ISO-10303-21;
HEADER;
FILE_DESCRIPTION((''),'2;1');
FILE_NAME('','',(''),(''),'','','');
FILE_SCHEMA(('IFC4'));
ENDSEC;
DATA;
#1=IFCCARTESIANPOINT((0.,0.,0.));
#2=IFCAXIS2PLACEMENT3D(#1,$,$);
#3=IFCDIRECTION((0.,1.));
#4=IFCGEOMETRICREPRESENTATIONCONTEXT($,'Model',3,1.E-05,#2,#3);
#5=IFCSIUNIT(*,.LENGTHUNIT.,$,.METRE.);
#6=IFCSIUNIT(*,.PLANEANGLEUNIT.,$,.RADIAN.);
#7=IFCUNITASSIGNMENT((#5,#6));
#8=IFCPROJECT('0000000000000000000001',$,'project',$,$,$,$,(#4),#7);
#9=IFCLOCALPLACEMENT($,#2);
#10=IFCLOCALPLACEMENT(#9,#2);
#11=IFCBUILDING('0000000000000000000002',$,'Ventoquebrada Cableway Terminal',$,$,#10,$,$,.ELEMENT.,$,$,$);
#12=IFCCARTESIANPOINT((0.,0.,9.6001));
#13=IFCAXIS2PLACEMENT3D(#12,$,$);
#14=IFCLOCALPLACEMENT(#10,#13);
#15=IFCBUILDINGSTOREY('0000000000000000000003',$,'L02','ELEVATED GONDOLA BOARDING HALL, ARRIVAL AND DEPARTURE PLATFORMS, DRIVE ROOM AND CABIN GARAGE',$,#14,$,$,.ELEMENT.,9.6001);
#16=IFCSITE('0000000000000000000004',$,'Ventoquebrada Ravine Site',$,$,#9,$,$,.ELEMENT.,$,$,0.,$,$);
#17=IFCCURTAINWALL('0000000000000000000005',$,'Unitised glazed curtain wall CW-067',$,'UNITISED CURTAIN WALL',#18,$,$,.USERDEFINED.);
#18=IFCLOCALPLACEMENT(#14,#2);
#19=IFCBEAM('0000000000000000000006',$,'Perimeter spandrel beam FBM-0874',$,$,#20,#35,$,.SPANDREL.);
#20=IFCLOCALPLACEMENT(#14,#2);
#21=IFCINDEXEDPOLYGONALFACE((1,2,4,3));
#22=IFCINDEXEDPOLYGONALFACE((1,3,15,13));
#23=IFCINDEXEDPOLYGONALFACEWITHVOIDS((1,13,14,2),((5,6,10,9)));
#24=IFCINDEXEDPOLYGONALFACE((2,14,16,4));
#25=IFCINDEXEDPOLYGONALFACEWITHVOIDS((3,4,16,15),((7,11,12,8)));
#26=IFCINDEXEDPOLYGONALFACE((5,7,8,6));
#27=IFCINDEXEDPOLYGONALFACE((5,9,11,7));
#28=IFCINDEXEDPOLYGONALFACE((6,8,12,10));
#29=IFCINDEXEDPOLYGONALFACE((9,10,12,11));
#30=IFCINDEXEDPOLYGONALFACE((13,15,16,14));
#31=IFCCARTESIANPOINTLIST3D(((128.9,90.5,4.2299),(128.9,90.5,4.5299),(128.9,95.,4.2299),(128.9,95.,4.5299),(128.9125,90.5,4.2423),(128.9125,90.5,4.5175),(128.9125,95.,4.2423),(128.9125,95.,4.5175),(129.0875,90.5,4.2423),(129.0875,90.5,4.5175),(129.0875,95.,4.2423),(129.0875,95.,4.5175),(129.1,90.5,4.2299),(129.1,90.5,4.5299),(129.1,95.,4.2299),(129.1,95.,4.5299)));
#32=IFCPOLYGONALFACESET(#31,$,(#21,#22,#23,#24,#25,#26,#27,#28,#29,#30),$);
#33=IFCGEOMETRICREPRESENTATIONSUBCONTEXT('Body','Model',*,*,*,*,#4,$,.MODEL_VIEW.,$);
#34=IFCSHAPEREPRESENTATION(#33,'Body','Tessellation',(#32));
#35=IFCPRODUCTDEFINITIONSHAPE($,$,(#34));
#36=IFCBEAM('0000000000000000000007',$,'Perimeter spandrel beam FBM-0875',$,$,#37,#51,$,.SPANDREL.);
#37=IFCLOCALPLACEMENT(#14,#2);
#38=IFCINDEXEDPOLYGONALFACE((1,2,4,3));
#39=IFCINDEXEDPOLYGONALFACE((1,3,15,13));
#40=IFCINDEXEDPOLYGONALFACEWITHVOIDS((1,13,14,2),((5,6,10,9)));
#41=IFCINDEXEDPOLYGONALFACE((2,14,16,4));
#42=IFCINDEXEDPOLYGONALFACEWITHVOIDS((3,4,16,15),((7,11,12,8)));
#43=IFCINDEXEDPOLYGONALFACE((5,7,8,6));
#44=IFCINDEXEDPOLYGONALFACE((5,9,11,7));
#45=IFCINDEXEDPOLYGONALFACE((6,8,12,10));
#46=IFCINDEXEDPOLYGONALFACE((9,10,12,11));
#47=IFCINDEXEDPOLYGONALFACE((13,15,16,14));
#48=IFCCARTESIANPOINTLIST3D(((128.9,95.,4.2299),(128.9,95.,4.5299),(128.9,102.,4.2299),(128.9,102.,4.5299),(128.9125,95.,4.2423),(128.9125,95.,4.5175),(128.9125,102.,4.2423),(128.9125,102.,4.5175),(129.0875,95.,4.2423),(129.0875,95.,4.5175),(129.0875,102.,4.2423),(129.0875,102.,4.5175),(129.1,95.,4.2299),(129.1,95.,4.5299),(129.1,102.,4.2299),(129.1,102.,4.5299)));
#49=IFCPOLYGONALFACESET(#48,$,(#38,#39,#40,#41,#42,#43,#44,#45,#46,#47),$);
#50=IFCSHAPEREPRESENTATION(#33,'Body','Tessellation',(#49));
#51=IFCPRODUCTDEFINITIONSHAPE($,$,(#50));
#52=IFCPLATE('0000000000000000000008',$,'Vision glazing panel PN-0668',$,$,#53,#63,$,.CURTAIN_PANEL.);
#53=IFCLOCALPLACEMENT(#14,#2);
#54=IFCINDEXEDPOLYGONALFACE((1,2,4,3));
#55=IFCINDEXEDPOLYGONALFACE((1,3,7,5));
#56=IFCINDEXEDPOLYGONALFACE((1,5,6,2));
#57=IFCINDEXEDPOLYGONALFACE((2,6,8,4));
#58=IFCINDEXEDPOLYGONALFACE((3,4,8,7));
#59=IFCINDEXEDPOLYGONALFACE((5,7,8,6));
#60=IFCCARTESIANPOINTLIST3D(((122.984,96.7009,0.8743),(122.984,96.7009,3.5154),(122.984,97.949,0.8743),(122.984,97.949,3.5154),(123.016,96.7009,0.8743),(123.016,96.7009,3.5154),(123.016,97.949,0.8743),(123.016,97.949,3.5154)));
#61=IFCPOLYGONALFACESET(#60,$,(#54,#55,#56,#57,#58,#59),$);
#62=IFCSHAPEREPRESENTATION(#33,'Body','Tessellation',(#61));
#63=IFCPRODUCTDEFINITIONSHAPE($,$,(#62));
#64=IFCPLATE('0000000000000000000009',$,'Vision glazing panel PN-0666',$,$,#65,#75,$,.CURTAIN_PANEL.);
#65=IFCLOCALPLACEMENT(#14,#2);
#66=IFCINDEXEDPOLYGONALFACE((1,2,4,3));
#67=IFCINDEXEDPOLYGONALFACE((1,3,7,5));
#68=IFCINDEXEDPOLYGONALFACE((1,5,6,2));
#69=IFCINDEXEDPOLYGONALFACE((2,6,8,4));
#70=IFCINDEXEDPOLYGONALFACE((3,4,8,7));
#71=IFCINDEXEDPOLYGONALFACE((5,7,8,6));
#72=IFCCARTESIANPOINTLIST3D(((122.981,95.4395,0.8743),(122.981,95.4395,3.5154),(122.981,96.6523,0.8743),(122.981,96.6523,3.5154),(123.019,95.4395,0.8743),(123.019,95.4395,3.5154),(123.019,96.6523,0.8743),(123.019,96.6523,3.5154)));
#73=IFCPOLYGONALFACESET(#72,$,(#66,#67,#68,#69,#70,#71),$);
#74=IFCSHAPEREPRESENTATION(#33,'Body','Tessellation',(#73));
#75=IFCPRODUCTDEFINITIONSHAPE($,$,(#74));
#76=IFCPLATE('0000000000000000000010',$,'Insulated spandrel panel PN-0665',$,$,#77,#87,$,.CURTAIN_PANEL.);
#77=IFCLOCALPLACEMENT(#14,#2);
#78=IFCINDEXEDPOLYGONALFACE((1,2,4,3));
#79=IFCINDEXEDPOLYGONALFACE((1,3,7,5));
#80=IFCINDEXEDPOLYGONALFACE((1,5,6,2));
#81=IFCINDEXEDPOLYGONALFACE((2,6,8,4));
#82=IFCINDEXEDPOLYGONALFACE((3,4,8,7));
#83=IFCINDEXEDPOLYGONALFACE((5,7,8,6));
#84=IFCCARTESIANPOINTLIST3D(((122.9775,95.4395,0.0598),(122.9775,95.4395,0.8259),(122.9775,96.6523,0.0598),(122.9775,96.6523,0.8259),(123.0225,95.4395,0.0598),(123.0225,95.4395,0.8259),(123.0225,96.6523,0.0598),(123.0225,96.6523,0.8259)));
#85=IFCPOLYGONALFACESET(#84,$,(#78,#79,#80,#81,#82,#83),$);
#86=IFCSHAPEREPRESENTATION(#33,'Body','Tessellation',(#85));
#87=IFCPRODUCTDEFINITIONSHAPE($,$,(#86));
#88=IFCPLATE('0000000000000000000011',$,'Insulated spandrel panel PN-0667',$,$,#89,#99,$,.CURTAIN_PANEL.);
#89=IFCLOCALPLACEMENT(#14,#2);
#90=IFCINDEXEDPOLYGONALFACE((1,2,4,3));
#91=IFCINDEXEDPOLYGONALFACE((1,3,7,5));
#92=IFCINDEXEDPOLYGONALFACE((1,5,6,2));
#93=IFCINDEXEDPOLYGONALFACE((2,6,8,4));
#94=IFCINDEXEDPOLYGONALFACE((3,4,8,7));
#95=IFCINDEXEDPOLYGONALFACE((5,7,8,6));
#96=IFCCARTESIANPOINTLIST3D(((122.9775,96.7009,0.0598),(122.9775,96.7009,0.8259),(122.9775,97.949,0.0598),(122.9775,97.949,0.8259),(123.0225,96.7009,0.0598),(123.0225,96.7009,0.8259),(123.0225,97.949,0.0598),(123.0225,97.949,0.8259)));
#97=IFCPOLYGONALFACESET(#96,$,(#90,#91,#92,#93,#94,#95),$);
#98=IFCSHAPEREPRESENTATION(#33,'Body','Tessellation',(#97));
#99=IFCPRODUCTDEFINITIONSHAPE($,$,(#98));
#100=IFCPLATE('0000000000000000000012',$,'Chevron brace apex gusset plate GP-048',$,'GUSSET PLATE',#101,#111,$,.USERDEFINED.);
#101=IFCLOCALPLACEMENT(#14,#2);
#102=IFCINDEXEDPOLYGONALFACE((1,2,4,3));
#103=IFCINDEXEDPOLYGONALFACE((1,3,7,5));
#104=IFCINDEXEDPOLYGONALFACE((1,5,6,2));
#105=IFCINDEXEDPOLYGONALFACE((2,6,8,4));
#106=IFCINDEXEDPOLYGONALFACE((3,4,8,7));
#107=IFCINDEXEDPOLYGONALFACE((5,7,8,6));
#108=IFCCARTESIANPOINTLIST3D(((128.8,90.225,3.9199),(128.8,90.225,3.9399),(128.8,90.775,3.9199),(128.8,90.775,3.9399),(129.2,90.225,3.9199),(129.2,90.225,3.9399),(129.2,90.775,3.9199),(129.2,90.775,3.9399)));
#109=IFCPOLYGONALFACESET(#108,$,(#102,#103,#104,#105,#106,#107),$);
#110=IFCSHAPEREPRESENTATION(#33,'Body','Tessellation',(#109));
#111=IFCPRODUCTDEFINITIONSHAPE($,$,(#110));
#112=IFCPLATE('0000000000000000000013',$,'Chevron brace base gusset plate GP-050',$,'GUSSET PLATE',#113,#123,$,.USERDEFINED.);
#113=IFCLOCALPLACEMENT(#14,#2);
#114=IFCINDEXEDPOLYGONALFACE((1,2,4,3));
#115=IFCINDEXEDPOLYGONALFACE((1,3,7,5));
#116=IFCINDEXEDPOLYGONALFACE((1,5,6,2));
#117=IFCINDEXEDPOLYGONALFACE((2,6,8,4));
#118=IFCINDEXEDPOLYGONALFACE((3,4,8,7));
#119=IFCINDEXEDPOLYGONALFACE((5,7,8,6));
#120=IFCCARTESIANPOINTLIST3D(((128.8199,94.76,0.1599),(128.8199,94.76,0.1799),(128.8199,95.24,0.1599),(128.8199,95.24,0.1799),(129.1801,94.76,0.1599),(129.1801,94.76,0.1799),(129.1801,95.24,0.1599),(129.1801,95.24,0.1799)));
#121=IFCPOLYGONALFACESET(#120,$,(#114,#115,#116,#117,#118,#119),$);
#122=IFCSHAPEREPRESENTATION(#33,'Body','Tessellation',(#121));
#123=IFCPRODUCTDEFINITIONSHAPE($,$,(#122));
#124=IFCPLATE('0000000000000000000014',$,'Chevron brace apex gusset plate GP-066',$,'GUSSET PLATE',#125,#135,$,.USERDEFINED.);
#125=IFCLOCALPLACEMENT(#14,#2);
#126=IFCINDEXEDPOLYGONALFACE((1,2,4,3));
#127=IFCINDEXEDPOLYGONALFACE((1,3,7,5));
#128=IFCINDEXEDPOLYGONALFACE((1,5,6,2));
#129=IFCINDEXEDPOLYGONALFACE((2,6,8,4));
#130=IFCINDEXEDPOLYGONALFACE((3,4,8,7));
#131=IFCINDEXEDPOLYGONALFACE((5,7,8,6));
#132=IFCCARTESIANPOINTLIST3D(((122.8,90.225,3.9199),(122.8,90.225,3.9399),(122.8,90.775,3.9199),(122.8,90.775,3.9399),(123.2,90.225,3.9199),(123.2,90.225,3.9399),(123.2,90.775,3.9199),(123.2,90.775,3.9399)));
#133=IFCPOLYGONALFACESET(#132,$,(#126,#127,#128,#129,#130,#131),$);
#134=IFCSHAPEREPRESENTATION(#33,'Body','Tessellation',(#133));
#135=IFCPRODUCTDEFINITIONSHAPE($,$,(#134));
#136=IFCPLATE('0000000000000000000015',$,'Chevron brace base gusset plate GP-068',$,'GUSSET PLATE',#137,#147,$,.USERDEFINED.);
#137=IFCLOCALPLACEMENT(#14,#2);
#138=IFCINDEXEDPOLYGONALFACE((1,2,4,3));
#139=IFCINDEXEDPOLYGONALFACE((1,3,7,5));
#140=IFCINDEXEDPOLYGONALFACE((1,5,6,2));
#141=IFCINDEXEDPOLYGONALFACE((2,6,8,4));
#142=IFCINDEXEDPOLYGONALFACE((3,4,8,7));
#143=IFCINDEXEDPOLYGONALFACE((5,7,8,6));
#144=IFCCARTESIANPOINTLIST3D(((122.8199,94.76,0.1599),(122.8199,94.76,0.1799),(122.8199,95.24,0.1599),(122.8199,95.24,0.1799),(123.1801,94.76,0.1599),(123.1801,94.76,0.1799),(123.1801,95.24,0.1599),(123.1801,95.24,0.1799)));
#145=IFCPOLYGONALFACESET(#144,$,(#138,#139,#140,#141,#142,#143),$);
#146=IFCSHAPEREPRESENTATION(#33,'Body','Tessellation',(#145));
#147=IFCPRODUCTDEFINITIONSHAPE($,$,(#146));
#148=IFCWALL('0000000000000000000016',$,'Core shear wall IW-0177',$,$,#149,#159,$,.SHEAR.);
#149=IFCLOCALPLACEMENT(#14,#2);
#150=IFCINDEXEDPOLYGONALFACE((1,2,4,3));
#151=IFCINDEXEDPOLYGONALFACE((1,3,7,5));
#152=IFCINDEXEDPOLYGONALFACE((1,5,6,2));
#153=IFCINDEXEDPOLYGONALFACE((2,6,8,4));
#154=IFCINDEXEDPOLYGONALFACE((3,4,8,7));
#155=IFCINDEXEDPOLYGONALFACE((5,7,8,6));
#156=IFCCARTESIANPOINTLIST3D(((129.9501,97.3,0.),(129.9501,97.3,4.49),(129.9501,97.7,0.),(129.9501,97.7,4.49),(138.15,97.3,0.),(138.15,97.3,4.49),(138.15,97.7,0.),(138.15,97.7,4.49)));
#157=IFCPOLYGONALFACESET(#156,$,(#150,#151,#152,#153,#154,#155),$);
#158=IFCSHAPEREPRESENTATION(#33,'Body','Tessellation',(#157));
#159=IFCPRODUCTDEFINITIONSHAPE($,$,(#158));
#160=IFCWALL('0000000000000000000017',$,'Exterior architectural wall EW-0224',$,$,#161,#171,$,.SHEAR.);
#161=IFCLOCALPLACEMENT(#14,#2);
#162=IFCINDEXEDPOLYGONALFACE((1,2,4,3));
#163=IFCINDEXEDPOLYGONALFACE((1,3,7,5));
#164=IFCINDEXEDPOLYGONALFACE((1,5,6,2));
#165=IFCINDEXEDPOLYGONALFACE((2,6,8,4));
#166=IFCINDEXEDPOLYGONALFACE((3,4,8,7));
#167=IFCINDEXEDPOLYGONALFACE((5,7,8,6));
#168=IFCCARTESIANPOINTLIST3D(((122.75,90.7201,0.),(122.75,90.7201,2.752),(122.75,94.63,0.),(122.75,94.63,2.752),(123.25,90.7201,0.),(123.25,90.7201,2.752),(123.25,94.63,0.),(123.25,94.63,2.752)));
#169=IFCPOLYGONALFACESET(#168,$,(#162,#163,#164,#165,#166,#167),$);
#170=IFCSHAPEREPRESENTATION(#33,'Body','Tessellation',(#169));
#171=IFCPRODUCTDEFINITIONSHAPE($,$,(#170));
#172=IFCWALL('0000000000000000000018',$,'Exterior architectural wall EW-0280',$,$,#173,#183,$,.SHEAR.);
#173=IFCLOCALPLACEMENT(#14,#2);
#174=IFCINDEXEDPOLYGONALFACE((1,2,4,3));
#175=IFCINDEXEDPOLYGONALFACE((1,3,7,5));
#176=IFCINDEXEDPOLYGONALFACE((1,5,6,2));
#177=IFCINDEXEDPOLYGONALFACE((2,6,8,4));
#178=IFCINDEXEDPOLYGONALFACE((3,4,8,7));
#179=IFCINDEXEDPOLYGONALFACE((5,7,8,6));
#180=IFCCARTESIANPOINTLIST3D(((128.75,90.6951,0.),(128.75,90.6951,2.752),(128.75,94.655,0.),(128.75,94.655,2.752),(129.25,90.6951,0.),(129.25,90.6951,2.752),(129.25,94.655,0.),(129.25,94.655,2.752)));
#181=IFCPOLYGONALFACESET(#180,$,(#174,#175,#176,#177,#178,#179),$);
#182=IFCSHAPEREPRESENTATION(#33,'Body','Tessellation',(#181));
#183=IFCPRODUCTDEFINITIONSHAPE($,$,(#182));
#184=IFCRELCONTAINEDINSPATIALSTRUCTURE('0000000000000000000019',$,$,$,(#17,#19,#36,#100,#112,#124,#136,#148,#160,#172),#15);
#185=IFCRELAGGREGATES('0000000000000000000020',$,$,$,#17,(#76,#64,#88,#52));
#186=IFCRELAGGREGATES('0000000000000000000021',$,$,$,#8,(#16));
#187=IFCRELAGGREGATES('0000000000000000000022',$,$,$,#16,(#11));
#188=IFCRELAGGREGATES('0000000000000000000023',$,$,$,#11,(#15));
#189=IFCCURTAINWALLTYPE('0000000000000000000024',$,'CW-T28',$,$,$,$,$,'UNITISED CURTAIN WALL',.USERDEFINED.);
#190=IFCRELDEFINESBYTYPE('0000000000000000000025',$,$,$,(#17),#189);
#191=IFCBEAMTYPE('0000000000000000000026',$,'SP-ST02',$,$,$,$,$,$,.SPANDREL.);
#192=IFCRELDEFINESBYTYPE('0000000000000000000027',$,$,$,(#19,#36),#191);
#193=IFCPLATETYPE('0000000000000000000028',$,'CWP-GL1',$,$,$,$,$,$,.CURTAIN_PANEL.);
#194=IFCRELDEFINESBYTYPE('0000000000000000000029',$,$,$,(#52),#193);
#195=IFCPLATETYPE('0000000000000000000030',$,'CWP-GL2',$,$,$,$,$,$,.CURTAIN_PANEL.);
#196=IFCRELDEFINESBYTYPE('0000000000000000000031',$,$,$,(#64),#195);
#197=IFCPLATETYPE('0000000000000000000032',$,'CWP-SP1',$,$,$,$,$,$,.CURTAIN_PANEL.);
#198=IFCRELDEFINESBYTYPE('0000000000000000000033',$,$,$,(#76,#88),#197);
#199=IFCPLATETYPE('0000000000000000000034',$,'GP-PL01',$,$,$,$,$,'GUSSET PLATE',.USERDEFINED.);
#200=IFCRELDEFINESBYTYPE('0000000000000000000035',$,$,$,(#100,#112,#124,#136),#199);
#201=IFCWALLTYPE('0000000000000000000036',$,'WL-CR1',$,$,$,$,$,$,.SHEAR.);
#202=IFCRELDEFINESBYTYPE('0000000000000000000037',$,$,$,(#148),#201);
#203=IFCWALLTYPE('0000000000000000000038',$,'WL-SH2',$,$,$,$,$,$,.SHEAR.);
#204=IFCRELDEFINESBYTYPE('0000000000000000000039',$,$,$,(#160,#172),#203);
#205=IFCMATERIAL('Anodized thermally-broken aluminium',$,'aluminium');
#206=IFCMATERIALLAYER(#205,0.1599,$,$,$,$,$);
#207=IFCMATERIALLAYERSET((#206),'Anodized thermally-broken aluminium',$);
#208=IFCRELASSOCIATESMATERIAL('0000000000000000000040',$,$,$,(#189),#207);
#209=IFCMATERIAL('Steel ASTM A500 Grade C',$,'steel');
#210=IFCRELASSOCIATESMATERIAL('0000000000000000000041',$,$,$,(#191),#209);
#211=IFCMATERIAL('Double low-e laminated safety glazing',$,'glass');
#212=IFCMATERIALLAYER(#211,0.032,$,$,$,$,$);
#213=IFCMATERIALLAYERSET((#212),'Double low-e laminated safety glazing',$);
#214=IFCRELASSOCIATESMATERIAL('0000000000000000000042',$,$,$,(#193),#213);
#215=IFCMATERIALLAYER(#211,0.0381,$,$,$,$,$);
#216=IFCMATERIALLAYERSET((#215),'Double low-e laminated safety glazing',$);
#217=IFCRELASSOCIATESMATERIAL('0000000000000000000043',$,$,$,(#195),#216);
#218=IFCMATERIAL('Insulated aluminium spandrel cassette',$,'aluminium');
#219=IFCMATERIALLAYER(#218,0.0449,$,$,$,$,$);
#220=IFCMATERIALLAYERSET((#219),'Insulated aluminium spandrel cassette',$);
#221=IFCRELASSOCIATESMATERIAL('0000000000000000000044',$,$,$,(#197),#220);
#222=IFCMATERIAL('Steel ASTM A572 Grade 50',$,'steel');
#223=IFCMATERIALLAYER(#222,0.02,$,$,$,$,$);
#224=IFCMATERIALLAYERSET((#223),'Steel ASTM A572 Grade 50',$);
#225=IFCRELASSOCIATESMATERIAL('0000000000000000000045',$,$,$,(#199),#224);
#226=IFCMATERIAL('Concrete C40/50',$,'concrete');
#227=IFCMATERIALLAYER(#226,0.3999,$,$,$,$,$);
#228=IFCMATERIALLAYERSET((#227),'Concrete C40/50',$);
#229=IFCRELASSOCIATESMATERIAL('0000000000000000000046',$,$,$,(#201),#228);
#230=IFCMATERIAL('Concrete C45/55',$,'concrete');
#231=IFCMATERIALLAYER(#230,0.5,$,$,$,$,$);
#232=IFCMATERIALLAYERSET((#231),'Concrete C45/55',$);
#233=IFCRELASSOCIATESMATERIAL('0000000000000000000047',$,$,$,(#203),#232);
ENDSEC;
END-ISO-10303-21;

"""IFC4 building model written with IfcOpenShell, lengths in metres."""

from ifc_helpers import new_model, si_unit, direction, frame, frame_2d, origin, origin_2d, place, context, subcontext, project, spatial, rectangle, hollow_rectangle, extrude, material, layer, layer_set, material_profile, profile_set, type_object, element, aggregate, save


model = new_model("IFC4")

# Units and contexts
model_context = context("Model", 3, precision=1e-05, world=origin(), true_north=direction((0.0, 1.0)))
body_context = subcontext(model_context, "Body", "Model", "MODEL_VIEW")
ifc_project = project(units=[si_unit("LENGTHUNIT", "METRE"), si_unit("PLANEANGLEUNIT", "RADIAN")], contexts=[model_context])

# Site, building, storey
site_placement = place(None, origin())
site = spatial("IfcSite", under=ifc_project, at=site_placement, Name="Ventoquebrada Ravine Site", CompositionType="ELEMENT", RefElevation=0.0)
building_placement = place(site_placement, origin())
building = spatial("IfcBuilding", under=site, at=building_placement, Name="Ventoquebrada Cableway Terminal", CompositionType="ELEMENT")
storey_placement = place(building_placement, frame((0.0, 0.0, 9.6001)))
storey = spatial("IfcBuildingStorey", under=building, at=storey_placement, Name="L02", Description="ELEVATED GONDOLA BOARDING HALL, ARRIVAL AND DEPARTURE PLATFORMS, DRIVE ROOM AND CABIN GARAGE", CompositionType="ELEMENT", Elevation=9.6001)

# Shared definitions
ifc_material_1 = material(Name="Concrete C40/50", Category="concrete")

# Shared definitions
ifc_material_2 = material(Name="Steel ASTM A500 Grade C", Category="steel")

# Curtain wall
ifc_material_3 = material(Name="Anodized thermally-broken aluminium", Category="aluminium")
ifc_layer_1 = layer(ifc_material_3, 0.1599)
ifc_layer_set_1 = layer_set([ifc_layer_1], Name="Anodized thermally-broken aluminium")
curtain_wall_type = type_object("IfcCurtainWallType", Name="CW-T28", ElementType="UNITISED CURTAIN WALL", PredefinedType="USERDEFINED", material=ifc_layer_set_1)
curtain_wall_placement = place(storey_placement, origin())
curtain_wall = element("IfcCurtainWall", 1, at=curtain_wall_placement, inside=storey, type_object=curtain_wall_type, Name="Unitised glazed curtain wall CW-067", ObjectType="UNITISED CURTAIN WALL", PredefinedType="USERDEFINED")

# Beams
ifc_material_profile_1 = material_profile(ifc_material_2, hollow_rectangle(XDim=0.2, YDim=0.3, WallThickness=0.0125, at=origin_2d()), Name="RHS300X200X12.5")
ifc_profile_set_1 = profile_set([ifc_material_profile_1], Name="Steel ASTM A500 Grade C")
beam_type_1 = type_object("IfcBeamType", Name="SP-ST02", PredefinedType="SPANDREL", material=ifc_profile_set_1)
beam_1_placement = place(storey_placement, frame((129.0, 90.5, 4.3799), z_axis=(0.0, 1.0, 0.0), x_axis=(-1.0, 0.0, 0.0)))
element("IfcBeam", 2, at=beam_1_placement, inside=storey, type_object=beam_type_1, Name="Perimeter spandrel beam FBM-0874", PredefinedType="SPANDREL", context=body_context, shape_type="SweptSolid", body=[
    extrude(hollow_rectangle(XDim=0.2, YDim=0.3, WallThickness=0.0125, at=origin_2d()), origin(), (0.0, 0.0, 1.0), 4.5),
])
beam_2_placement = place(storey_placement, frame((129.0, 95.0, 4.3799), z_axis=(0.0, 1.0, 0.0), x_axis=(-1.0, 0.0, 0.0)))
element("IfcBeam", 3, at=beam_2_placement, inside=storey, type_object=beam_type_1, Name="Perimeter spandrel beam FBM-0875", PredefinedType="SPANDREL", context=body_context, shape_type="SweptSolid", body=[
    extrude(hollow_rectangle(XDim=0.2, YDim=0.3, WallThickness=0.0125, at=origin_2d()), origin(), (0.0, 0.0, 1.0), 7.0),
])

# Plates
ifc_material_4 = material(Name="Double low-e laminated safety glazing", Category="glass")
ifc_layer_2 = layer(ifc_material_4, 0.032)
ifc_layer_set_2 = layer_set([ifc_layer_2], Name="Double low-e laminated safety glazing")
plate_type_1 = type_object("IfcPlateType", Name="CWP-GL1", PredefinedType="CURTAIN_PANEL", material=ifc_layer_set_2)
plate_1_placement = place(storey_placement, frame((123.0, 97.325, 0.8743), z_axis=(0.0, 0.0, 1.0), x_axis=(0.0, 1.0, 0.0)))
plate_1 = element("IfcPlate", 4, at=plate_1_placement, type_object=plate_type_1, Name="Vision glazing panel PN-0668", PredefinedType="CURTAIN_PANEL", context=body_context, shape_type="SweptSolid", body=[
    extrude(rectangle(XDim=1.248, YDim=0.032, at=origin_2d()), origin(), (0.0, 0.0, 1.0), 2.6411),
])
ifc_layer_3 = layer(ifc_material_4, 0.0381)
ifc_layer_set_3 = layer_set([ifc_layer_3], Name="Double low-e laminated safety glazing")
plate_type_2 = type_object("IfcPlateType", Name="CWP-GL2", PredefinedType="CURTAIN_PANEL", material=ifc_layer_set_3)
plate_2_placement = place(storey_placement, frame((123.0, 96.0459, 0.8743), z_axis=(0.0, 0.0, 1.0), x_axis=(0.0, 1.0, 0.0)))
plate_2 = element("IfcPlate", 5, at=plate_2_placement, type_object=plate_type_2, Name="Vision glazing panel PN-0666", PredefinedType="CURTAIN_PANEL", context=body_context, shape_type="SweptSolid", body=[
    extrude(rectangle(XDim=1.2129, YDim=0.0381, at=origin_2d()), origin(), (0.0, 0.0, 1.0), 2.6411),
])
ifc_material_5 = material(Name="Insulated aluminium spandrel cassette", Category="aluminium")
ifc_layer_4 = layer(ifc_material_5, 0.0449)
ifc_layer_set_4 = layer_set([ifc_layer_4], Name="Insulated aluminium spandrel cassette")
plate_type_3 = type_object("IfcPlateType", Name="CWP-SP1", PredefinedType="CURTAIN_PANEL", material=ifc_layer_set_4)
plate_3_placement = place(storey_placement, frame((123.0, 96.0459, 0.0598), z_axis=(0.0, 0.0, 1.0), x_axis=(0.0, 1.0, 0.0)))
plate_3 = element("IfcPlate", 6, at=plate_3_placement, type_object=plate_type_3, Name="Insulated spandrel panel PN-0665", PredefinedType="CURTAIN_PANEL", context=body_context, shape_type="SweptSolid", body=[
    extrude(rectangle(XDim=1.2129, YDim=0.0449, at=origin_2d()), origin(), (0.0, 0.0, 1.0), 0.7661),
])
plate_4_placement = place(storey_placement, frame((123.0, 97.325, 0.0598), z_axis=(0.0, 0.0, 1.0), x_axis=(0.0, 1.0, 0.0)))
plate_4 = element("IfcPlate", 7, at=plate_4_placement, type_object=plate_type_3, Name="Insulated spandrel panel PN-0667", PredefinedType="CURTAIN_PANEL", context=body_context, shape_type="SweptSolid", body=[
    extrude(rectangle(XDim=1.248, YDim=0.0449, at=origin_2d()), origin(), (0.0, 0.0, 1.0), 0.7661),
])
aggregate(curtain_wall, [plate_3, plate_2, plate_4, plate_1])

# Plates
ifc_material_6 = material(Name="Steel ASTM A572 Grade 50", Category="steel")
ifc_layer_5 = layer(ifc_material_6, 0.02)
ifc_layer_set_5 = layer_set([ifc_layer_5], Name="Steel ASTM A572 Grade 50")
plate_type_4 = type_object("IfcPlateType", Name="GP-PL01", ElementType="GUSSET PLATE", PredefinedType="USERDEFINED", material=ifc_layer_set_5)
plate_5_placement = place(storey_placement, frame((129.0, 90.5, 3.9199), z_axis=(0.0, 0.0, 1.0), x_axis=(0.0, 1.0, 0.0)))
element("IfcPlate", 8, at=plate_5_placement, inside=storey, type_object=plate_type_4, Name="Chevron brace apex gusset plate GP-048", ObjectType="GUSSET PLATE", PredefinedType="USERDEFINED", context=body_context, shape_type="SweptSolid", body=[
    extrude(rectangle(XDim=0.55, YDim=0.3999, at=origin_2d()), origin(), (0.0, 0.0, 1.0), 0.02),
])
plate_6_placement = place(storey_placement, frame((129.0, 95.0, 0.1599), z_axis=(0.0, 0.0, 1.0), x_axis=(0.0, 1.0, 0.0)))
element("IfcPlate", 9, at=plate_6_placement, inside=storey, type_object=plate_type_4, Name="Chevron brace base gusset plate GP-050", ObjectType="GUSSET PLATE", PredefinedType="USERDEFINED", context=body_context, shape_type="SweptSolid", body=[
    extrude(rectangle(XDim=0.48, YDim=0.3601, at=origin_2d()), origin(), (0.0, 0.0, 1.0), 0.02),
])
plate_7_placement = place(storey_placement, frame((123.0, 90.5, 3.9199), z_axis=(0.0, 0.0, 1.0), x_axis=(0.0, 1.0, 0.0)))
element("IfcPlate", 10, at=plate_7_placement, inside=storey, type_object=plate_type_4, Name="Chevron brace apex gusset plate GP-066", ObjectType="GUSSET PLATE", PredefinedType="USERDEFINED", context=body_context, shape_type="SweptSolid", body=[
    extrude(rectangle(XDim=0.55, YDim=0.3999, at=origin_2d()), origin(), (0.0, 0.0, 1.0), 0.02),
])
plate_8_placement = place(storey_placement, frame((123.0, 95.0, 0.1599), z_axis=(0.0, 0.0, 1.0), x_axis=(0.0, 1.0, 0.0)))
element("IfcPlate", 11, at=plate_8_placement, inside=storey, type_object=plate_type_4, Name="Chevron brace base gusset plate GP-068", ObjectType="GUSSET PLATE", PredefinedType="USERDEFINED", context=body_context, shape_type="SweptSolid", body=[
    extrude(rectangle(XDim=0.48, YDim=0.3601, at=origin_2d()), origin(), (0.0, 0.0, 1.0), 0.02),
])

# Walls
ifc_layer_6 = layer(ifc_material_1, 0.3999)
ifc_layer_set_6 = layer_set([ifc_layer_6], Name="Concrete C40/50")
wall_type_1 = type_object("IfcWallType", Name="WL-CR1", PredefinedType="SHEAR", material=ifc_layer_set_6)
wall_1_placement = place(storey_placement, frame((129.95, 97.5, 0.0), z_axis=(0.0, 0.0, 1.0), x_axis=(1.0, 0.0, 0.0)))
element("IfcWall", 12, at=wall_1_placement, inside=storey, type_object=wall_type_1, Name="Core shear wall IW-0177", PredefinedType="SHEAR", context=body_context, shape_type="SweptSolid", body=[
    extrude(rectangle(XDim=8.2, YDim=0.3999, at=frame_2d((4.1001, 0.0))), origin(), (0.0, 0.0, 1.0), 4.49),
])
ifc_material_7 = material(Name="Concrete C45/55", Category="concrete")
ifc_layer_7 = layer(ifc_material_7, 0.5)
ifc_layer_set_7 = layer_set([ifc_layer_7], Name="Concrete C45/55")
wall_type_2 = type_object("IfcWallType", Name="WL-SH2", PredefinedType="SHEAR", material=ifc_layer_set_7)
wall_2_placement = place(storey_placement, frame((123.0, 90.72, 0.0), z_axis=(0.0, 0.0, 1.0), x_axis=(0.0, 1.0, 0.0)))
element("IfcWall", 13, at=wall_2_placement, inside=storey, type_object=wall_type_2, Name="Exterior architectural wall EW-0224", PredefinedType="SHEAR", context=body_context, shape_type="SweptSolid", body=[
    extrude(rectangle(XDim=3.9099, YDim=0.5, at=frame_2d((1.9551, 0.0))), origin(), (0.0, 0.0, 1.0), 2.752),
])
for number, where, z_axis, x_axis, name in (
    (14, (129.0, 94.655, 0.0), (0.0, 0.0, 1.0), (0.0, -1.0, 0.0), "Exterior architectural wall EW-0280"),
):
    element("IfcWall", number, at=place(storey_placement, frame(where, z_axis=z_axis, x_axis=x_axis)), inside=storey, type_object=wall_type_2, Name=name, PredefinedType="SHEAR", context=body_context, shape_type="SweptSolid", body=[
        extrude(rectangle(XDim=3.96, YDim=0.5, at=frame_2d((1.98, 0.0))), origin(), (0.0, 0.0, 1.0), 2.752),
    ])

save(model, "model.ifc")
